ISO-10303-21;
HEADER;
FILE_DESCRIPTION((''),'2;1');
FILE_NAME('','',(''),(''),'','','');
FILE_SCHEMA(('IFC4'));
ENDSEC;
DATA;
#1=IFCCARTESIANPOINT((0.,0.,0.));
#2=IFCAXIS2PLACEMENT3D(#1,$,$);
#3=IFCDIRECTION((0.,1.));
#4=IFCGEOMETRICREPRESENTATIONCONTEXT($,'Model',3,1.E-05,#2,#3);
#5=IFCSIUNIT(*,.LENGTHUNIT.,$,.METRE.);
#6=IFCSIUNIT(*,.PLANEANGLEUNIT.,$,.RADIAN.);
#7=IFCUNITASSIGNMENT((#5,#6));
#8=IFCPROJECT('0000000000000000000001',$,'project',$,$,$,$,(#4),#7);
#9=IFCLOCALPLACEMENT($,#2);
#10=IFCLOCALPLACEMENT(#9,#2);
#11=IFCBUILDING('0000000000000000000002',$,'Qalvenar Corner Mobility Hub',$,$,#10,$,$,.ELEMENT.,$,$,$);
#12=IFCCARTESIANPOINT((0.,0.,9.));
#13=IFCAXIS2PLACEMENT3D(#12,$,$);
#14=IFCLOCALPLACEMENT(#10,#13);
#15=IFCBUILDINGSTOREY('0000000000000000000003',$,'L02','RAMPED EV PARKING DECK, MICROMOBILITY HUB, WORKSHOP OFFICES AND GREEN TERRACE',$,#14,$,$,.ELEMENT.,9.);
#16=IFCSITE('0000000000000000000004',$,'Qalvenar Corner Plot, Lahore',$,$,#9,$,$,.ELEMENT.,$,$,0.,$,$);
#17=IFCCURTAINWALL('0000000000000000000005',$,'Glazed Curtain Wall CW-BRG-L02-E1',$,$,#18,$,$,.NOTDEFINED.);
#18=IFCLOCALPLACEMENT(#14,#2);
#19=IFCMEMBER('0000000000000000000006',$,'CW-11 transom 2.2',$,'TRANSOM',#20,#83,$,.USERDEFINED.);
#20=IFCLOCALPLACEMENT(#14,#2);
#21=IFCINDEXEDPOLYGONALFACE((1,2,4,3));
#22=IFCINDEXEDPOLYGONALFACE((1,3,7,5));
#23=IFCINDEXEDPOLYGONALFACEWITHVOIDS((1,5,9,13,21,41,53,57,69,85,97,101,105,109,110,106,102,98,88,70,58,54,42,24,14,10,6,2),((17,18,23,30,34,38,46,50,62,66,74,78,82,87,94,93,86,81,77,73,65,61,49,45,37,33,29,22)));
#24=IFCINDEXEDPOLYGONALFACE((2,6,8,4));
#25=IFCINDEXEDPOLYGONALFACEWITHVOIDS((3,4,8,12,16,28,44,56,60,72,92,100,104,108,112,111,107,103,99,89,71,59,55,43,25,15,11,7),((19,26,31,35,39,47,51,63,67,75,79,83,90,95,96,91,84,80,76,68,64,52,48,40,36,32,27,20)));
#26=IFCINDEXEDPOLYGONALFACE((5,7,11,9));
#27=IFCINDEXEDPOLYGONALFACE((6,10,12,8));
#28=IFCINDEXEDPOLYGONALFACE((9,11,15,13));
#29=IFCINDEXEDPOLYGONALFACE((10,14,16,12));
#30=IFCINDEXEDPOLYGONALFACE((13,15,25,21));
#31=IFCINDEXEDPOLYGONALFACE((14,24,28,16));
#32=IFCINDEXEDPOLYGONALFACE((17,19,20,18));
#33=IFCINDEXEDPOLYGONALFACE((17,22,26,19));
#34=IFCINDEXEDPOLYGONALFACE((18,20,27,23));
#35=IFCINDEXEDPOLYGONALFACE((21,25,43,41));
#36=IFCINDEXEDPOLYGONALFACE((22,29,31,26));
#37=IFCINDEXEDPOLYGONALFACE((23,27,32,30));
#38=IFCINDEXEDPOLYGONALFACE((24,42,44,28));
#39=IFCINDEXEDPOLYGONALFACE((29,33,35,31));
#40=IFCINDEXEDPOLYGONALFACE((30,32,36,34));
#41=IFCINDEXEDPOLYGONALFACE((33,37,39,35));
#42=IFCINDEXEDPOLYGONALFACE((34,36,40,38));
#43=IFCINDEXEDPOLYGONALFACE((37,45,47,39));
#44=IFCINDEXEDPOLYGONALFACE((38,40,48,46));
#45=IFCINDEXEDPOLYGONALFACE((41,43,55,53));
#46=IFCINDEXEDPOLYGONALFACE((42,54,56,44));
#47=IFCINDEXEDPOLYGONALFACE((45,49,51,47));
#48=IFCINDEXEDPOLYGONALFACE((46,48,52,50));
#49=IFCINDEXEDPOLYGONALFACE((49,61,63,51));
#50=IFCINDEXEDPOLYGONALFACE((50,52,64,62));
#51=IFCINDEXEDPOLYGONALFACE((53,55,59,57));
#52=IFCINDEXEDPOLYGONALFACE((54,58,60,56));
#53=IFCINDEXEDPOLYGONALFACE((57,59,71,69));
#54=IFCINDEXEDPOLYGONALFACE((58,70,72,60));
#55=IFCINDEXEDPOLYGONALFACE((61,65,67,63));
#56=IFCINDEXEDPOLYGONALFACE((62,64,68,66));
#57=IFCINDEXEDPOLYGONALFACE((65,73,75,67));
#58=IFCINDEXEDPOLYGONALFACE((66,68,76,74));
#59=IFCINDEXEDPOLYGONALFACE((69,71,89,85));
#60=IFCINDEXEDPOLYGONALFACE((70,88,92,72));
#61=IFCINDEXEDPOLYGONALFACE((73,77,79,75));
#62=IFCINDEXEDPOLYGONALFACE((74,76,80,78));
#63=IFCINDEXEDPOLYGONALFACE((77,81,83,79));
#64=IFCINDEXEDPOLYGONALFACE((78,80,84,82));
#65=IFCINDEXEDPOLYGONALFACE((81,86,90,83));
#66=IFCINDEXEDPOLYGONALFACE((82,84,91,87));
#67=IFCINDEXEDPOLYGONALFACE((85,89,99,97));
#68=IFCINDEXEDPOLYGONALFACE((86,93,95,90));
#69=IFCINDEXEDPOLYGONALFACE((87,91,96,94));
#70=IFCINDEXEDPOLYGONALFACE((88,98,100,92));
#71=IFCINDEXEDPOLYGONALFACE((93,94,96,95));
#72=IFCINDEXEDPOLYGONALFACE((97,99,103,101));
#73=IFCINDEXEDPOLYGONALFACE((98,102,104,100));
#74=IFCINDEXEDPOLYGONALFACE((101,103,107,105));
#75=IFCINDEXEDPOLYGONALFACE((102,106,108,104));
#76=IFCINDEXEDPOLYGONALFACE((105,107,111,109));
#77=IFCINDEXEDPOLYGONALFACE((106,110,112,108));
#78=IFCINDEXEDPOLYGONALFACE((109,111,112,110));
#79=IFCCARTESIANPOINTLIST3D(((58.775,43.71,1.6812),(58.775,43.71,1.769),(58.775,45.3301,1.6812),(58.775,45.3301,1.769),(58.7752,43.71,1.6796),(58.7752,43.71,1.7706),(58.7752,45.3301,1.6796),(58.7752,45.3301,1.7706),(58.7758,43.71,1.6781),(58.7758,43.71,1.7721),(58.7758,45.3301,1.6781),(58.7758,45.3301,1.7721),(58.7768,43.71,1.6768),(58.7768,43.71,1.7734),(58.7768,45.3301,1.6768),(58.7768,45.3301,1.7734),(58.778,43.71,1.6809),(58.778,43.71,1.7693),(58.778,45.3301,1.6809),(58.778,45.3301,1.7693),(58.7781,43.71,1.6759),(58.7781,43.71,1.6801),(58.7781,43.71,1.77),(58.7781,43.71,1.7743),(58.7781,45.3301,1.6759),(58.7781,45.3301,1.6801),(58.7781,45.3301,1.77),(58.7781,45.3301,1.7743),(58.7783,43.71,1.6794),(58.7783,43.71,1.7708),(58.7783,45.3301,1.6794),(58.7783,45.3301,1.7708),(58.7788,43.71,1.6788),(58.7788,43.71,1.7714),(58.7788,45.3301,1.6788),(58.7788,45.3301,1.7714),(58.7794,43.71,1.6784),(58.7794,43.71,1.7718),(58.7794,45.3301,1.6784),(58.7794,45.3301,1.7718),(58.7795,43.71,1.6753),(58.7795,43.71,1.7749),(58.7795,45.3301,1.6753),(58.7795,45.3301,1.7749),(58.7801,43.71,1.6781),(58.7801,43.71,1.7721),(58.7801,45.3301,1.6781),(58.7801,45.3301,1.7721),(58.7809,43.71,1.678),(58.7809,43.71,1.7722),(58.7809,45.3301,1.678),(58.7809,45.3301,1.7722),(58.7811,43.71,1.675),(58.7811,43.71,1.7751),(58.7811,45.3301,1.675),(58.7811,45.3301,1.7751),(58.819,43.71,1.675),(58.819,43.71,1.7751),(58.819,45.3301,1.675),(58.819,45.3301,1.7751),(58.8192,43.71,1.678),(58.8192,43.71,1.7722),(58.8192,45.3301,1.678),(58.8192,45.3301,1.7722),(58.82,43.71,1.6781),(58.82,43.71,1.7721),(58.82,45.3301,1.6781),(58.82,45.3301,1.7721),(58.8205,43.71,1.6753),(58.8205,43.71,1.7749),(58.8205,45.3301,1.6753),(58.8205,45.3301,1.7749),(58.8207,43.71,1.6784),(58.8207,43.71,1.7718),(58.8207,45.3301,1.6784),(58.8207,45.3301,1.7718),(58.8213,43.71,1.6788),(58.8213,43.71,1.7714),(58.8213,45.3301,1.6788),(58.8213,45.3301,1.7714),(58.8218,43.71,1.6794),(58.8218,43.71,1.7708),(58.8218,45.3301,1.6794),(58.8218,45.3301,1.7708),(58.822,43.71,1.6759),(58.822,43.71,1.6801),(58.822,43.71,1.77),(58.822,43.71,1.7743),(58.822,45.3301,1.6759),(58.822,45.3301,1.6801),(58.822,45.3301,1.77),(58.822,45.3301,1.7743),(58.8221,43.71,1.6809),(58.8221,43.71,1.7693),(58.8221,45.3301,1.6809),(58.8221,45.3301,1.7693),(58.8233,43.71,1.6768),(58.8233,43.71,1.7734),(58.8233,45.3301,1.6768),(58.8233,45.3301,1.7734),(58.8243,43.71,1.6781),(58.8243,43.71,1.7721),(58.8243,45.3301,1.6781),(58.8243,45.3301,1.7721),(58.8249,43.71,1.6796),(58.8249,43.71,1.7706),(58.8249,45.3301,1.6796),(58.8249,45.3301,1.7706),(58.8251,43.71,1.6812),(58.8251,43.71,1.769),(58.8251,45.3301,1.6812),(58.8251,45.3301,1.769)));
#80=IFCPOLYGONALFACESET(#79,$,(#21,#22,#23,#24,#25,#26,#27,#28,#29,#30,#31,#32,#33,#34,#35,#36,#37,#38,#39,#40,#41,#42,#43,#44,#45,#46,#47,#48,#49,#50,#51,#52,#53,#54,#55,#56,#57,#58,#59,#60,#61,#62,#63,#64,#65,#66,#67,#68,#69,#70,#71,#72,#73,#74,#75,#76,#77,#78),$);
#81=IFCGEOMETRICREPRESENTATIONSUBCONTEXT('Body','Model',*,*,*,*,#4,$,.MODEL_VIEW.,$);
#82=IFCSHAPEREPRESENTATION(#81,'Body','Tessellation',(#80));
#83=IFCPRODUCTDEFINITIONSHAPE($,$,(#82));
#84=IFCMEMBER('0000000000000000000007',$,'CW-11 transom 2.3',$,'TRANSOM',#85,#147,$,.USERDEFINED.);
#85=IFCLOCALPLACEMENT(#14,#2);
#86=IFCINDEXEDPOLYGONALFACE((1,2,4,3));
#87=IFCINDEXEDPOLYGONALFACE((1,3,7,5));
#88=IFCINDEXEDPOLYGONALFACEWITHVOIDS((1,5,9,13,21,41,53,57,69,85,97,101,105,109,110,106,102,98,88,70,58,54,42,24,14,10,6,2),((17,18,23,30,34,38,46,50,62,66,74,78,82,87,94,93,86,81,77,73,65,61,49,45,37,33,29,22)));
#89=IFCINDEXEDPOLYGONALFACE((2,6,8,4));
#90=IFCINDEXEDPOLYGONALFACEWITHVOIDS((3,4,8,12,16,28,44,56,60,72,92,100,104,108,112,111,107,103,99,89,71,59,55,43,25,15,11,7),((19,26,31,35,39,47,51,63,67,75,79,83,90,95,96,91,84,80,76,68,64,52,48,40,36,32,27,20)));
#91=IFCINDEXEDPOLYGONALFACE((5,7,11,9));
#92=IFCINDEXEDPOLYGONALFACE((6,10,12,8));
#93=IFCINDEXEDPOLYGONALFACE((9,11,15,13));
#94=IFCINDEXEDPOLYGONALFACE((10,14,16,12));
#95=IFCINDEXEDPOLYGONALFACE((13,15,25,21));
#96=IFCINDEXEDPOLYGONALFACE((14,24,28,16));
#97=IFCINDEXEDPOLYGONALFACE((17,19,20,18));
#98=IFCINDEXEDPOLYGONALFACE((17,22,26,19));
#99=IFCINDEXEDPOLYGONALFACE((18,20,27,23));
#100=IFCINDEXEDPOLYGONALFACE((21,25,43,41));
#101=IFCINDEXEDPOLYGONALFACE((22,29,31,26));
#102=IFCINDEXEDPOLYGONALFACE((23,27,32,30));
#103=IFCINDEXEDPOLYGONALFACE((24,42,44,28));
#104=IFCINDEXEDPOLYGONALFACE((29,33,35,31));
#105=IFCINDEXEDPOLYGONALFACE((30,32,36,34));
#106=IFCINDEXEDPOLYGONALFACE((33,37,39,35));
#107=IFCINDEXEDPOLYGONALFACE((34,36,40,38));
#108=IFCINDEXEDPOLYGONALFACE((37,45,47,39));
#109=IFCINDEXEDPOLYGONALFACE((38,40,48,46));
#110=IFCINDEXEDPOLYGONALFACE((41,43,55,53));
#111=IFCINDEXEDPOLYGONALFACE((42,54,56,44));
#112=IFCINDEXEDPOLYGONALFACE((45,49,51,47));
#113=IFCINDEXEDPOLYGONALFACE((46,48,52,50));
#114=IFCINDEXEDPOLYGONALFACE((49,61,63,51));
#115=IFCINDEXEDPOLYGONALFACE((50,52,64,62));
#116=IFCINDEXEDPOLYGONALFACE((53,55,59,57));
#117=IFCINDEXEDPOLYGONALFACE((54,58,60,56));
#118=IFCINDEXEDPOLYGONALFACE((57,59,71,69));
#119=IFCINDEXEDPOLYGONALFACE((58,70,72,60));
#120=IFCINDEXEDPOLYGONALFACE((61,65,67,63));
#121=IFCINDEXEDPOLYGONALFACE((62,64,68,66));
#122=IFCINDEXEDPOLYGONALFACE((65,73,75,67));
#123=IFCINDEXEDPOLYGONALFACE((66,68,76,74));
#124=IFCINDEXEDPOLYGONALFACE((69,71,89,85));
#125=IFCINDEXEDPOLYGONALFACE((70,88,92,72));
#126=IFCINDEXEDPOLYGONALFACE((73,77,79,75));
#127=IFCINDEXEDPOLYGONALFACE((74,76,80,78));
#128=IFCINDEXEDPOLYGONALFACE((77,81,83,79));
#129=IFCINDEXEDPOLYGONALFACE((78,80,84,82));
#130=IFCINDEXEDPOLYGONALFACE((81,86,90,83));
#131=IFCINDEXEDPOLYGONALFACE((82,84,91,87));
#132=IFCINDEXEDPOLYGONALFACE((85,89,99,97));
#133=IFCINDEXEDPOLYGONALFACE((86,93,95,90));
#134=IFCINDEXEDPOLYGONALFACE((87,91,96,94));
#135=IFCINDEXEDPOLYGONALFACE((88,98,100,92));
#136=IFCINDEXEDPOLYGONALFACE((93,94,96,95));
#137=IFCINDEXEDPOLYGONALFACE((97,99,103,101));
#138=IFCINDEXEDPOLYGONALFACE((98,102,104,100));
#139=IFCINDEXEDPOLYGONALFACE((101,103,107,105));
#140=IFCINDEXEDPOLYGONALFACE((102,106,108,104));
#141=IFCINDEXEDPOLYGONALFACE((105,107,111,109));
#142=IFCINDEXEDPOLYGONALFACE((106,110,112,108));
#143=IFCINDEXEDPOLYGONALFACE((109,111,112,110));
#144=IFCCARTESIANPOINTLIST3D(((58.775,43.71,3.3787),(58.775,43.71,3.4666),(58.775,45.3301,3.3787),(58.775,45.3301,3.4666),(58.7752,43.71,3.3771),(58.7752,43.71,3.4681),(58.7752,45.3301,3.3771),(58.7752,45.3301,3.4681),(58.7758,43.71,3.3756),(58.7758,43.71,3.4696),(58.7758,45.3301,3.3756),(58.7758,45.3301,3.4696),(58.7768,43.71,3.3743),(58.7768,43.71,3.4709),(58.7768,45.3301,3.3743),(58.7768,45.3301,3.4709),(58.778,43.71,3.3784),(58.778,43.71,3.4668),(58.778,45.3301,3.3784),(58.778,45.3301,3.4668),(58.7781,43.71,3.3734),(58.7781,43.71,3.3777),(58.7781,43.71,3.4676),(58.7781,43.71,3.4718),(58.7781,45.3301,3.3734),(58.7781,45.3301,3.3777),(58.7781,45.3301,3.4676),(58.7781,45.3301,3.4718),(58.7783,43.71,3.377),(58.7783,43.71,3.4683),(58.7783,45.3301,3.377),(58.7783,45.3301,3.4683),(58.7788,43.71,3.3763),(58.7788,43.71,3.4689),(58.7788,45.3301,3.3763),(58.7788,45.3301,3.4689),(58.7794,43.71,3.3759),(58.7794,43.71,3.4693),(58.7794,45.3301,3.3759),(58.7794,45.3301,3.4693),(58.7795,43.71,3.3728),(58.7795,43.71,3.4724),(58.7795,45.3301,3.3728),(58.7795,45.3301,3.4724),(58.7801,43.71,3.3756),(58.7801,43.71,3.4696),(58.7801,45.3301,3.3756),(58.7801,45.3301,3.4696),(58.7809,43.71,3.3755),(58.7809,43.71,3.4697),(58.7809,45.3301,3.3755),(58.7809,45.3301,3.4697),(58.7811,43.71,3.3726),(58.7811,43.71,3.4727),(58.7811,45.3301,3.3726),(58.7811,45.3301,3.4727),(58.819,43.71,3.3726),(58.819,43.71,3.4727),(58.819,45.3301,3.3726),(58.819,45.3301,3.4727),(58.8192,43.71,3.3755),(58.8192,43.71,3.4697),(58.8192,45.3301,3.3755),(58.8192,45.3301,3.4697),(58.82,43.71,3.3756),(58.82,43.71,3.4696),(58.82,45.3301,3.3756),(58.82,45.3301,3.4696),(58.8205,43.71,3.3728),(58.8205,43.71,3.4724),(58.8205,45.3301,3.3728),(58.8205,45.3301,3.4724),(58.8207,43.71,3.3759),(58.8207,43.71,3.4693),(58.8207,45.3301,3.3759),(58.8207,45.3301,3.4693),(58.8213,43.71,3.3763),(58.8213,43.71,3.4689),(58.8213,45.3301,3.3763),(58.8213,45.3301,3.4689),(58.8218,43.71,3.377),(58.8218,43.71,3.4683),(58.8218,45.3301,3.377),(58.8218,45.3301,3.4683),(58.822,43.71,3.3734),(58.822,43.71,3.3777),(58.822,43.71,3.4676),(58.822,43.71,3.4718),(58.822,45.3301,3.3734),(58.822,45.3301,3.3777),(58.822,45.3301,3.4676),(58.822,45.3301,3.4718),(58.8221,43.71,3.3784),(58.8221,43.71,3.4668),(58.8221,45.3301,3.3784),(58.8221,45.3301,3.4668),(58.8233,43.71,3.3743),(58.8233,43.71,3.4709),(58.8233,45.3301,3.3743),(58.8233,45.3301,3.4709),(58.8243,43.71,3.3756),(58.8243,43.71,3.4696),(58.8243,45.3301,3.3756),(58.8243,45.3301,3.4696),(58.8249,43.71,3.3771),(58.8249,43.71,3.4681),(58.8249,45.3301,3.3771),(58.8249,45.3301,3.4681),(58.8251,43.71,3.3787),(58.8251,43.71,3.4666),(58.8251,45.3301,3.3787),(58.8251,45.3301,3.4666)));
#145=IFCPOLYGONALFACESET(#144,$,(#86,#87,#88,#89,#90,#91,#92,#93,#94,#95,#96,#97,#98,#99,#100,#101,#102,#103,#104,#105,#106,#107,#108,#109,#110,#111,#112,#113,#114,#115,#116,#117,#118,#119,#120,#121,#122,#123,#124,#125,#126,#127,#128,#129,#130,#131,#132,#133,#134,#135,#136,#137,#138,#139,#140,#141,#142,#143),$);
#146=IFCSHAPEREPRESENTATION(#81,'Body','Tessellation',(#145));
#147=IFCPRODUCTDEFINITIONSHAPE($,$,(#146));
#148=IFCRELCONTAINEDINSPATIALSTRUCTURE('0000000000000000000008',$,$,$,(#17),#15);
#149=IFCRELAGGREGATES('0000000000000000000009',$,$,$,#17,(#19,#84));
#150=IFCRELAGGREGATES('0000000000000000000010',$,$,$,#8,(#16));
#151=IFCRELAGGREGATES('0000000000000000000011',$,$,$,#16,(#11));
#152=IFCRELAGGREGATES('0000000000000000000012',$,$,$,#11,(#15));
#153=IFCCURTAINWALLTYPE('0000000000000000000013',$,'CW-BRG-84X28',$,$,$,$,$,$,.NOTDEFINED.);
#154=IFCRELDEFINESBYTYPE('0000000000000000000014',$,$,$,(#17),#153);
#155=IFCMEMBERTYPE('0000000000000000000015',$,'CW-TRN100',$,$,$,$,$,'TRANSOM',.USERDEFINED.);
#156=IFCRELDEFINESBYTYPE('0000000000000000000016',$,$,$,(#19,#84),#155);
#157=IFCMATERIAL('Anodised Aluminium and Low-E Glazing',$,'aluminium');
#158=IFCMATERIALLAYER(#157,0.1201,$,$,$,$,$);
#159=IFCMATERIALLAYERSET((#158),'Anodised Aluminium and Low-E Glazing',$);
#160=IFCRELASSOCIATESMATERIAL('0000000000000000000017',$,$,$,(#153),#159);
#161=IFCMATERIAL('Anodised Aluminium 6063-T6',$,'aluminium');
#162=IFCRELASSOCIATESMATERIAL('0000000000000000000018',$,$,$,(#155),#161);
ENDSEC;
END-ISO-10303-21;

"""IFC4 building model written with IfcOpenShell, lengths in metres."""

from ifc_helpers import new_model, si_unit, direction, frame, origin, origin_2d, place, context, subcontext, project, spatial, hollow_rectangle, extrude, material, layer, layer_set, material_profile, profile_set, type_object, element, aggregate, save


model = new_model("IFC4")

# Units and contexts
model_context = context("Model", 3, precision=1e-05, world=origin(), true_north=direction((0.0, 1.0)))
body_context = subcontext(model_context, "Body", "Model", "MODEL_VIEW")
ifc_project = project(units=[si_unit("LENGTHUNIT", "METRE"), si_unit("PLANEANGLEUNIT", "RADIAN")], contexts=[model_context])

# Site, building, storey
site_placement = place(None, origin())
site = spatial("IfcSite", under=ifc_project, at=site_placement, Name="Qalvenar Corner Plot, Lahore", CompositionType="ELEMENT", RefElevation=0.0)
building_placement = place(site_placement, origin())
building = spatial("IfcBuilding", under=site, at=building_placement, Name="Qalvenar Corner Mobility Hub", CompositionType="ELEMENT")
storey_placement = place(building_placement, frame((0.0, 0.0, 9.0)))
storey = spatial("IfcBuildingStorey", under=building, at=storey_placement, Name="L02", Description="RAMPED EV PARKING DECK, MICROMOBILITY HUB, WORKSHOP OFFICES AND GREEN TERRACE", CompositionType="ELEMENT", Elevation=9.0)

# Curtain wall, members
ifc_material_1 = material(Name="Anodised Aluminium and Low-E Glazing", Category="aluminium")
ifc_layer_1 = layer(ifc_material_1, 0.1201)
ifc_layer_set_1 = layer_set([ifc_layer_1], Name="Anodised Aluminium and Low-E Glazing")
curtain_wall_type = type_object("IfcCurtainWallType", Name="CW-BRG-84X28", PredefinedType="NOTDEFINED", material=ifc_layer_set_1)
curtain_wall_placement = place(storey_placement, origin())
curtain_wall = element("IfcCurtainWall", 1, at=curtain_wall_placement, inside=storey, type_object=curtain_wall_type, Name="Glazed Curtain Wall CW-BRG-L02-E1", PredefinedType="NOTDEFINED")
ifc_material_2 = material(Name="Anodised Aluminium 6063-T6", Category="aluminium")
ifc_material_profile_1 = material_profile(ifc_material_2, hollow_rectangle(XDim=0.05, YDim=0.1001, WallThickness=0.0029, InnerFilletRadius=0.0029, OuterFilletRadius=0.0061, at=origin_2d()), Name="RHS100x50x3")
ifc_profile_set_1 = profile_set([ifc_material_profile_1], Name="Anodised Aluminium 6063-T6")
member_type_1 = type_object("IfcMemberType", Name="CW-TRN100", ElementType="TRANSOM", PredefinedType="USERDEFINED", material=ifc_profile_set_1)
member_1_placement = place(storey_placement, frame((58.8, 43.71, 1.7251), z_axis=(0.0, 1.0, 0.0), x_axis=(-1.0, 0.0, 0.0)))
member_1 = element("IfcMember", 2, at=member_1_placement, type_object=member_type_1, Name="CW-11 transom 2.2", ObjectType="TRANSOM", PredefinedType="USERDEFINED", context=body_context, shape_type="SweptSolid", body=[
    extrude(hollow_rectangle(XDim=0.05, YDim=0.1001, WallThickness=0.0029, InnerFilletRadius=0.0029, OuterFilletRadius=0.0061, at=origin_2d()), origin(), (0.0, 0.0, 1.0), 1.6201),
])
member_2_placement = place(storey_placement, frame((58.8, 43.71, 3.4226), z_axis=(0.0, 1.0, 0.0), x_axis=(-1.0, 0.0, 0.0)))
member_2 = element("IfcMember", 3, at=member_2_placement, type_object=member_type_1, Name="CW-11 transom 2.3", ObjectType="TRANSOM", PredefinedType="USERDEFINED", context=body_context, shape_type="SweptSolid", body=[
    extrude(hollow_rectangle(XDim=0.05, YDim=0.1001, WallThickness=0.0029, InnerFilletRadius=0.0029, OuterFilletRadius=0.0061, at=origin_2d()), origin(), (0.0, 0.0, 1.0), 1.6201),
])

aggregate(curtain_wall, [member_1, member_2])

save(model, "model.ifc")
